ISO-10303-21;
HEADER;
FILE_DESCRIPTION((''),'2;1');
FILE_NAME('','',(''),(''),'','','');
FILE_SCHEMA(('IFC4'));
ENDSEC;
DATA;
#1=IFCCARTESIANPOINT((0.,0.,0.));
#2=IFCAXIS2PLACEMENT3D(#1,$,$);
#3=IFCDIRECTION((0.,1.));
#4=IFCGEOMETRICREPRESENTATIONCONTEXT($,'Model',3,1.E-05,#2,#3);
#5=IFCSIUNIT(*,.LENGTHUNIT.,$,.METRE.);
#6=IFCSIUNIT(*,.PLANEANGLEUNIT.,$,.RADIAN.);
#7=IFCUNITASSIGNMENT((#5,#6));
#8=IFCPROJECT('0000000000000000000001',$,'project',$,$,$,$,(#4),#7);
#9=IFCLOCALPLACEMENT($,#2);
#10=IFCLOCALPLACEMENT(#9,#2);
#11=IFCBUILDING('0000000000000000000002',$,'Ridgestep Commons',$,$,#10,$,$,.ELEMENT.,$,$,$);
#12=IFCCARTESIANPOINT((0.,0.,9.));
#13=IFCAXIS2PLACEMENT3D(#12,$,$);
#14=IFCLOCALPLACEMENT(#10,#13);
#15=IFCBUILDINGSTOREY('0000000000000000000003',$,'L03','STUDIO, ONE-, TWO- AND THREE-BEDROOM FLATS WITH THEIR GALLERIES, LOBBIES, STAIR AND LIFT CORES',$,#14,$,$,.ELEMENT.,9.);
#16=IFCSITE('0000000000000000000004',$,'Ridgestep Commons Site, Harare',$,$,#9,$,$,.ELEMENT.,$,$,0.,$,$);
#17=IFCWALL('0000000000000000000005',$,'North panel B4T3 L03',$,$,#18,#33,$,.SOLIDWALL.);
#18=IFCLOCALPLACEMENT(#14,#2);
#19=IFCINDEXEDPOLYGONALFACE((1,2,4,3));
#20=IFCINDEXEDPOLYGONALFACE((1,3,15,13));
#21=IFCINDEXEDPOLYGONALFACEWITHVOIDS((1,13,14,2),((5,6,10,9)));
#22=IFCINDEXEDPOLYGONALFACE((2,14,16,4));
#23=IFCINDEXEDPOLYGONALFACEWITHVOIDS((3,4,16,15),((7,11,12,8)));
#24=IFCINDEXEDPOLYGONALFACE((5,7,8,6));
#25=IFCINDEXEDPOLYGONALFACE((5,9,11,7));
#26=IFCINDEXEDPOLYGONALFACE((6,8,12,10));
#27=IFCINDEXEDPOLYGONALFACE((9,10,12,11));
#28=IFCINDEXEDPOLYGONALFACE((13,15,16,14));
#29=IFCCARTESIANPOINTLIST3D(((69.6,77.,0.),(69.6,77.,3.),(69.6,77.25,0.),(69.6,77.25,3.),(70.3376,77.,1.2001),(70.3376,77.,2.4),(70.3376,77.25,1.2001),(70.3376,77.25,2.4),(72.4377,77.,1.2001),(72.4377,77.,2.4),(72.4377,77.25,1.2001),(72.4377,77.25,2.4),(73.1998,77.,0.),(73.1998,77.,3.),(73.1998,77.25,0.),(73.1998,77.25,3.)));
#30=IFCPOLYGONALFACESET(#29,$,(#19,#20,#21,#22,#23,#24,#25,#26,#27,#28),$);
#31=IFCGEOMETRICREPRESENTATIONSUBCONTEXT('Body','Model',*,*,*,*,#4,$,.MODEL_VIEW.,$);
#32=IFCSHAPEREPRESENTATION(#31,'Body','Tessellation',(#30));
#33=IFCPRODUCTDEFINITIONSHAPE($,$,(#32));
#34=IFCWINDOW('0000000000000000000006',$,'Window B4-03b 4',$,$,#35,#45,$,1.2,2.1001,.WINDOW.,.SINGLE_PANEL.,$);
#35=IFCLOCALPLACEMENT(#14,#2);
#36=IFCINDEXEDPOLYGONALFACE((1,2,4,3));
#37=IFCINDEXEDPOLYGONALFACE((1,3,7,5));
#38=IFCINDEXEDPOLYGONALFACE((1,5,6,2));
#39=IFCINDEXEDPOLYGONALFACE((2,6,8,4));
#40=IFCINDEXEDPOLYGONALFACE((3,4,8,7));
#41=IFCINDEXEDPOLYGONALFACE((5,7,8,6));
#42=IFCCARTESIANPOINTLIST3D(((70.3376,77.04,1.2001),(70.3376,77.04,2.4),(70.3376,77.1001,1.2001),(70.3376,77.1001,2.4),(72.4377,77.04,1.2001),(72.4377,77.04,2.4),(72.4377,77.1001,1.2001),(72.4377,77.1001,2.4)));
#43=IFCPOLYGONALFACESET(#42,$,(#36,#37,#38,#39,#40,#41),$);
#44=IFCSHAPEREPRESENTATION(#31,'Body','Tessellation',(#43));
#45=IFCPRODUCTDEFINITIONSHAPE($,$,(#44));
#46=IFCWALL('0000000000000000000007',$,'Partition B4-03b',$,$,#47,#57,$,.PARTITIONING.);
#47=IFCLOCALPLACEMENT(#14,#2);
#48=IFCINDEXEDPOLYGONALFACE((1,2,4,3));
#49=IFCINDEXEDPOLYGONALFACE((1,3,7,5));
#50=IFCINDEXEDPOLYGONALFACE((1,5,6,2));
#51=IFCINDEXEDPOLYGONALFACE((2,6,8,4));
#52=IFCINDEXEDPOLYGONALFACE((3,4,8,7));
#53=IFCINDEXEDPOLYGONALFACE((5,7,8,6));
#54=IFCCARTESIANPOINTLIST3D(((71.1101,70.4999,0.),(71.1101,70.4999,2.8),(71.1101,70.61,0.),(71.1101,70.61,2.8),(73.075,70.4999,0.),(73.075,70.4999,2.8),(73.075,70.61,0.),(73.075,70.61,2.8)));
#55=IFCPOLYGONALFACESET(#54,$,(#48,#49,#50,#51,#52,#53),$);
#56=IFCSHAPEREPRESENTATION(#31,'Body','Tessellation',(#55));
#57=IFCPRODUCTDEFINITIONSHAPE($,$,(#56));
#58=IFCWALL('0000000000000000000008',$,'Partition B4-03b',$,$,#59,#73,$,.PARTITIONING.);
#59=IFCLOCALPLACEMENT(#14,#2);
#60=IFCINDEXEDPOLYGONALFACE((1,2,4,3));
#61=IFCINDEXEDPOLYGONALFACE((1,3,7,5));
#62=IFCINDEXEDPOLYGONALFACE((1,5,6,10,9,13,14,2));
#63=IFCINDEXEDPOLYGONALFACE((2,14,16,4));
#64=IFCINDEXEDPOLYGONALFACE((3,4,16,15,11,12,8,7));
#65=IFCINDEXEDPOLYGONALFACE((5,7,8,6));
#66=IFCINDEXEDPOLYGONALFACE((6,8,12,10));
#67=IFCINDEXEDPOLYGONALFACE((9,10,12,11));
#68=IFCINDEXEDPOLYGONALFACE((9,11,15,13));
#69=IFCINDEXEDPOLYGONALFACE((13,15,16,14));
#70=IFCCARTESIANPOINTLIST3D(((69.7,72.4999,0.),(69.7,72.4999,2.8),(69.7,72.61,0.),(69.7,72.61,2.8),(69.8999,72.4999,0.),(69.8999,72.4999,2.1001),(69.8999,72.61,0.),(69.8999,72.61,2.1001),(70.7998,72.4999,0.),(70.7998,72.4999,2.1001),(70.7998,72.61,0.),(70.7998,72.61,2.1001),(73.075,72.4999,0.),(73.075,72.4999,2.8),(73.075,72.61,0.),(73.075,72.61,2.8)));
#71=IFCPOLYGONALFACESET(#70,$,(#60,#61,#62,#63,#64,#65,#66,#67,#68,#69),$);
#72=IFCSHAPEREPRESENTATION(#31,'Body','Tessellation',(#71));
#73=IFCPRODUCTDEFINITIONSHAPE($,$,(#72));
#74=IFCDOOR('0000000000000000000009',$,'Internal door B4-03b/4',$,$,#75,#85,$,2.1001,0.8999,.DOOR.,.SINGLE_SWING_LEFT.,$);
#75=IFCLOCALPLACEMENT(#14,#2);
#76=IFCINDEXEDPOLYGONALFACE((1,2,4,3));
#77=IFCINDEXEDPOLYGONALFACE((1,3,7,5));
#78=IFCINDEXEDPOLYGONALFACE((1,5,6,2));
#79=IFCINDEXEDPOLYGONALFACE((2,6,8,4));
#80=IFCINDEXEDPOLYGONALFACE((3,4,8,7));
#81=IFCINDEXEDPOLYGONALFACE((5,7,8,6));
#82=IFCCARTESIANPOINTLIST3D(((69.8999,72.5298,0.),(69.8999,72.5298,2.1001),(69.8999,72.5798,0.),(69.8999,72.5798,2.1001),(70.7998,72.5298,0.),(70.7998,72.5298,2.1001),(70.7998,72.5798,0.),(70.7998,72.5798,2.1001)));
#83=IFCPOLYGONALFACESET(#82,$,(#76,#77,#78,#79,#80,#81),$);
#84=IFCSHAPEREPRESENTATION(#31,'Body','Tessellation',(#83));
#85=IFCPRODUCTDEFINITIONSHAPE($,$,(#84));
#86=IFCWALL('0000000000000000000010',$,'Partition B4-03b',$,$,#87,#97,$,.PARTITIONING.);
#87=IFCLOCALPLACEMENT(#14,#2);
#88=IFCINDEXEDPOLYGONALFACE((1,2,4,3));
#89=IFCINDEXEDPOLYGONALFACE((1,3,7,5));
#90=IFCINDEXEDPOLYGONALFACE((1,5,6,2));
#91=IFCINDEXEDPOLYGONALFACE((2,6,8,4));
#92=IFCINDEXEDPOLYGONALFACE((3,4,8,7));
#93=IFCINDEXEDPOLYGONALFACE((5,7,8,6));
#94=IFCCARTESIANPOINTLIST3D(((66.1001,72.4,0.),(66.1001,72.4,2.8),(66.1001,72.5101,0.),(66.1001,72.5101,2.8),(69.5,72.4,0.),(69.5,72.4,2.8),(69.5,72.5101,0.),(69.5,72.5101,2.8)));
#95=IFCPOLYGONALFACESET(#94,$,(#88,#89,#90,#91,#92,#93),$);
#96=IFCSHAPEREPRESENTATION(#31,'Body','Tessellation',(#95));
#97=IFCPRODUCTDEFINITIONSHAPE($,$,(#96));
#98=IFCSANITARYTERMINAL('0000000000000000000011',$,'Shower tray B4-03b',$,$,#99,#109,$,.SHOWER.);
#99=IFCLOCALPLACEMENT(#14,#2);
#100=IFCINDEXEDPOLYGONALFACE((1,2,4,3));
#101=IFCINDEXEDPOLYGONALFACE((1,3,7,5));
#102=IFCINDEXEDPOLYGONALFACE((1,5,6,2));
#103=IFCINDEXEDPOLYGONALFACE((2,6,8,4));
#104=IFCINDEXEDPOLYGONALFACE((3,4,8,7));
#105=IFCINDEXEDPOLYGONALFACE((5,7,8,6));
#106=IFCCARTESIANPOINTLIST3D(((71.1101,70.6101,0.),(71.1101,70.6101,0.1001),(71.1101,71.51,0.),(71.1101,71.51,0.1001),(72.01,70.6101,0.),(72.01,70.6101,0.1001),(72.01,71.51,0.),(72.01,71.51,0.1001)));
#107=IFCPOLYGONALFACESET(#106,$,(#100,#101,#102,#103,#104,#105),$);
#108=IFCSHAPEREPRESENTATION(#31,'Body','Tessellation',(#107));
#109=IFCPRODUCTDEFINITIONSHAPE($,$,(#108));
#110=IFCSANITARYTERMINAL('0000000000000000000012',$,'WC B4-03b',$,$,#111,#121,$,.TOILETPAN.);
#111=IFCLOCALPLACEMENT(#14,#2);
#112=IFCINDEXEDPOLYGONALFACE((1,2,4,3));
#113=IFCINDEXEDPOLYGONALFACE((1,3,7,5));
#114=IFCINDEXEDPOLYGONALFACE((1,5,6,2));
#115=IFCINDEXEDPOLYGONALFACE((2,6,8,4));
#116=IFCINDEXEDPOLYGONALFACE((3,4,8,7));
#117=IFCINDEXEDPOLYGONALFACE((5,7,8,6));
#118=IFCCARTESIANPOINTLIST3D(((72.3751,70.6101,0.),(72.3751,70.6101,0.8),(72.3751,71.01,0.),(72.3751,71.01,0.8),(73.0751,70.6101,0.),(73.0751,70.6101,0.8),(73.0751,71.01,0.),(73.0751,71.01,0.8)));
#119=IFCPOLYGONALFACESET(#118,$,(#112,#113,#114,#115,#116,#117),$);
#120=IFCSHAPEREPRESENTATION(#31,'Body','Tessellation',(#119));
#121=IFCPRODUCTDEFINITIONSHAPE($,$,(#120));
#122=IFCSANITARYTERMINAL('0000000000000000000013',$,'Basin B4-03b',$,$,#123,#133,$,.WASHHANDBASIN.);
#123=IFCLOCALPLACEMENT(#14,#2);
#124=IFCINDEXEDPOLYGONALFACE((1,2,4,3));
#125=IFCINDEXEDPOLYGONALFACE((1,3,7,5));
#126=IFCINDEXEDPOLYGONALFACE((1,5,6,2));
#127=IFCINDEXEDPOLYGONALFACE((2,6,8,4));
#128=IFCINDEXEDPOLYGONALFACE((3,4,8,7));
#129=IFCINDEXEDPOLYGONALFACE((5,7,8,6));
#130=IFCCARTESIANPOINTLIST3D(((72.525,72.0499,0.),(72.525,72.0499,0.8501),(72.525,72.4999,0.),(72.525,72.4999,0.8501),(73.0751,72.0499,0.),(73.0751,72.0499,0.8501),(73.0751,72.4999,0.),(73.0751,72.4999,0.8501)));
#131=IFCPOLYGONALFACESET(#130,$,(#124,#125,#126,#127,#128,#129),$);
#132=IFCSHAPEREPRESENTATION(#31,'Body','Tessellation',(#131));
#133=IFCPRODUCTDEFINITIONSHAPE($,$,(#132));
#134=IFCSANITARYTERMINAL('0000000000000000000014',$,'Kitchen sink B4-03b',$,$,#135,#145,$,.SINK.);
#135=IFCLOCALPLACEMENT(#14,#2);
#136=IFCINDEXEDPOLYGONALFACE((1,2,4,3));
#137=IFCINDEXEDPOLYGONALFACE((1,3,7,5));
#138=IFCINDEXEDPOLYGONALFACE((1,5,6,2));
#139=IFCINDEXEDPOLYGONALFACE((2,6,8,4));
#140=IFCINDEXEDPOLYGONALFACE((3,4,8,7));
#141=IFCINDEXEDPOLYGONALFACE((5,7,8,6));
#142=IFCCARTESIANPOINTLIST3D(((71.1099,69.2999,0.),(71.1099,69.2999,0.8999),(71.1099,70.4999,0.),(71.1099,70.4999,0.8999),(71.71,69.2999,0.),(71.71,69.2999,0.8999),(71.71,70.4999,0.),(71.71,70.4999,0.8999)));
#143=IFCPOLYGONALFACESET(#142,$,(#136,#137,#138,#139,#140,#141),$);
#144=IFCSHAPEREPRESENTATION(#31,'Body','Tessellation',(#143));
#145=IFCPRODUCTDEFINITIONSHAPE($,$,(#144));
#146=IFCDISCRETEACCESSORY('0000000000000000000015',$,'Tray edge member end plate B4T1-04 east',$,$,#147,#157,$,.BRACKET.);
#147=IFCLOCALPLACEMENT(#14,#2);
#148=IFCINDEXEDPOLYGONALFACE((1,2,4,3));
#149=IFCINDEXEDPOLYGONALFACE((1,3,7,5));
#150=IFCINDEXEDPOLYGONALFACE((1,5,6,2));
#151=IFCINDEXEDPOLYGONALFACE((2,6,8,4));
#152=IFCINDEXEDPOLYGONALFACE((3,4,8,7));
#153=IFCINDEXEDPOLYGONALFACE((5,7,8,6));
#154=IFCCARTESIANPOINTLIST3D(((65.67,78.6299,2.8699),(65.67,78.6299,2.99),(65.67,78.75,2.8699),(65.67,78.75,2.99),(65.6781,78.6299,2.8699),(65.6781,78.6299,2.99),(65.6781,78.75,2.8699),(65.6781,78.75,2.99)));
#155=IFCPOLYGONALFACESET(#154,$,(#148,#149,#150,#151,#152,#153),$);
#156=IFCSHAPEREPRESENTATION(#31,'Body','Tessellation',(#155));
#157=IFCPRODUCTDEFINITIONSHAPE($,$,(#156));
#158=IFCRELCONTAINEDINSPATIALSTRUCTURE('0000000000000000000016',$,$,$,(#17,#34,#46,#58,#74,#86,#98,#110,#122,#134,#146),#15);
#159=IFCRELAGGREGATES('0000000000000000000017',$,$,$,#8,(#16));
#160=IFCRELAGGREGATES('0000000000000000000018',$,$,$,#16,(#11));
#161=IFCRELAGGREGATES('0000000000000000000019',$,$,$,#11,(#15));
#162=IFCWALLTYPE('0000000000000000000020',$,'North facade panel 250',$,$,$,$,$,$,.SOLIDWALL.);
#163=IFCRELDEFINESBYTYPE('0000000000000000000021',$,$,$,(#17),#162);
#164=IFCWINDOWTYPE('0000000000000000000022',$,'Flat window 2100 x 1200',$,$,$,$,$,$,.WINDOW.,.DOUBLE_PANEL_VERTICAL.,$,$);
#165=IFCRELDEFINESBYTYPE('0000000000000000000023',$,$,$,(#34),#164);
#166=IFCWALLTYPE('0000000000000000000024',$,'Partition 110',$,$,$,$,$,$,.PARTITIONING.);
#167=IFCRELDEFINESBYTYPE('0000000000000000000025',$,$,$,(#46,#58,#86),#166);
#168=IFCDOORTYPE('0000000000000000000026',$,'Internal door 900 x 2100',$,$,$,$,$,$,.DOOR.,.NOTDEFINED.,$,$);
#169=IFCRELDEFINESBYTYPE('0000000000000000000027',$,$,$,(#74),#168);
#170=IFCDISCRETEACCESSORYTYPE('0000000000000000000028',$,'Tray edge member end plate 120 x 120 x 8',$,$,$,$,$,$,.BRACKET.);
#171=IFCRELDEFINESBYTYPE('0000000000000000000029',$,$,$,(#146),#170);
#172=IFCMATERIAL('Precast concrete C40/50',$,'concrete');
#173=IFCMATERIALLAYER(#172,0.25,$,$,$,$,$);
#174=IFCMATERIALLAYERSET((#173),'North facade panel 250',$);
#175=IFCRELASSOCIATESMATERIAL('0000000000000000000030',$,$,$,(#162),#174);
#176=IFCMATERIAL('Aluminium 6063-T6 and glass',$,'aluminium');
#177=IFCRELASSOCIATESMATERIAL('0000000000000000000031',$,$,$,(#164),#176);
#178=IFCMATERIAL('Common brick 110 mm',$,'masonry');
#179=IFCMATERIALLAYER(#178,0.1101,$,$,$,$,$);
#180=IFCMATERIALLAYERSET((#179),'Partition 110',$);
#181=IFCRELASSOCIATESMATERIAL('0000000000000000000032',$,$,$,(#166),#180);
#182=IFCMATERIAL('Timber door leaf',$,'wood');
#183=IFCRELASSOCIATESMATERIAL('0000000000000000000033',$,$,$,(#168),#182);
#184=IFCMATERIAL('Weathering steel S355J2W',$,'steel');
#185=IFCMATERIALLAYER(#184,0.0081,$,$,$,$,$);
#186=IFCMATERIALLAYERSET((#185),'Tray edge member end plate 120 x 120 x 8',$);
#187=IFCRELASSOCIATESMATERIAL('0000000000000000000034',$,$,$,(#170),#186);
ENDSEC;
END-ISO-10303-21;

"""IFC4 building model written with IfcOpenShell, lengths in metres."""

from ifc_helpers import new_model, si_unit, direction, frame, frame_2d, origin, origin_2d, place, context, subcontext, project, spatial, rectangle, extrude, material, layer, layer_set, type_object, element, fill, save


model = new_model("IFC4")

# Units and contexts
model_context = context("Model", 3, precision=1e-05, world=origin(), true_north=direction((0.0, 1.0)))
body_context = subcontext(model_context, "Body", "Model", "MODEL_VIEW")
ifc_project = project(units=[si_unit("LENGTHUNIT", "METRE"), si_unit("PLANEANGLEUNIT", "RADIAN")], contexts=[model_context])

# Site, building, storey
site_placement = place(None, origin())
site = spatial("IfcSite", under=ifc_project, at=site_placement, Name="Ridgestep Commons Site, Harare", CompositionType="ELEMENT", RefElevation=0.0)
building_placement = place(site_placement, origin())
building = spatial("IfcBuilding", under=site, at=building_placement, Name="Ridgestep Commons", CompositionType="ELEMENT")
storey_placement = place(building_placement, frame((0.0, 0.0, 9.0)))
storey = spatial("IfcBuildingStorey", under=building, at=storey_placement, Name="L03", Description="STUDIO, ONE-, TWO- AND THREE-BEDROOM FLATS WITH THEIR GALLERIES, LOBBIES, STAIR AND LIFT CORES", CompositionType="ELEMENT", Elevation=9.0)

# Wall, opening, window
ifc_material_1 = material(Name="Precast concrete C40/50", Category="concrete")
ifc_layer_1 = layer(ifc_material_1, 0.25)
ifc_layer_set_1 = layer_set([ifc_layer_1], Name="North facade panel 250")
wall_type_1 = type_object("IfcWallType", Name="North facade panel 250", PredefinedType="SOLIDWALL", material=ifc_layer_set_1)
ifc_material_2 = material(Name="Aluminium 6063-T6 and glass", Category="aluminium")
window_type = type_object("IfcWindowType", Name="Flat window 2100 x 1200", PartitioningType="DOUBLE_PANEL_VERTICAL", PredefinedType="WINDOW", material=ifc_material_2)
wall_1_placement = place(storey_placement, frame((69.6001, 77.125, 0.0), z_axis=(0.0, 0.0, 1.0), x_axis=(1.0, 0.0, 0.0)))
wall_1 = element("IfcWall", 1, at=wall_1_placement, inside=storey, type_object=wall_type_1, Name="North panel B4T3 L03", PredefinedType="SOLIDWALL", context=body_context, shape_type="SweptSolid", body=[
    extrude(rectangle(XDim=3.5999, YDim=0.25, at=frame_2d((1.7998, 0.0))), origin(), (0.0, 0.0, 1.0), 3.0),
])
opening_1_placement = place(wall_1_placement, frame((0.7375, 0.0, 1.2)))
opening_1 = element("IfcOpeningElement", 2, at=opening_1_placement, cuts=wall_1, PredefinedType="OPENING", context=body_context, shape_type="SweptSolid", body=[
    extrude(rectangle(XDim=2.1001, YDim=1.2, at=frame_2d((1.05, 0.6001))), frame((0.0, 0.135, 0.0), z_axis=(0.0, -1.0, 0.0), x_axis=(1.0, 0.0, 0.0)), (0.0, 0.0, 1.0), 0.27),
])
window_1_placement = place(opening_1_placement, origin())
window_1 = element("IfcWindow", 3, at=window_1_placement, inside=storey, type_object=window_type, Name="Window B4-03b 4", OverallHeight=1.2, OverallWidth=2.1001, PartitioningType="SINGLE_PANEL", PredefinedType="WINDOW", context=body_context, shape_type="SweptSolid", body=[
    extrude(rectangle(XDim=2.1001, YDim=1.2, at=frame_2d((1.05, 0.6001))), frame((0.0, -0.0249, 0.0), z_axis=(0.0, -1.0, 0.0), x_axis=(1.0, 0.0, 0.0)), (0.0, 0.0, 1.0), 0.0601),
])
fill(opening_1, window_1)

# Wall
ifc_material_3 = material(Name="Common brick 110 mm", Category="masonry")
ifc_layer_2 = layer(ifc_material_3, 0.1101)
ifc_layer_set_2 = layer_set([ifc_layer_2], Name="Partition 110")
wall_type_2 = type_object("IfcWallType", Name="Partition 110", PredefinedType="PARTITIONING", material=ifc_layer_set_2)
wall_2_placement = place(storey_placement, frame((71.1101, 70.5549, 0.0), z_axis=(0.0, 0.0, 1.0), x_axis=(1.0, 0.0, 0.0)))
element("IfcWall", 4, at=wall_2_placement, inside=storey, type_object=wall_type_2, Name="Partition B4-03b", PredefinedType="PARTITIONING", context=body_context, shape_type="SweptSolid", body=[
    extrude(rectangle(XDim=1.9648, YDim=0.1101, at=frame_2d((0.9824, 0.0))), origin(), (0.0, 0.0, 1.0), 2.8),
])

# Wall, opening, door
wall_3_placement = place(storey_placement, frame((69.7, 72.5549, 0.0), z_axis=(0.0, 0.0, 1.0), x_axis=(1.0, 0.0, 0.0)))
wall_3 = element("IfcWall", 5, at=wall_3_placement, inside=storey, type_object=wall_type_2, Name="Partition B4-03b", PredefinedType="PARTITIONING", context=body_context, shape_type="SweptSolid", body=[
    extrude(rectangle(XDim=3.375, YDim=0.1101, at=frame_2d((1.6875, 0.0))), origin(), (0.0, 0.0, 1.0), 2.8),
])
opening_2_placement = place(wall_3_placement, frame((0.2, 0.0, 0.0)))
opening_2 = element("IfcOpeningElement", 6, at=opening_2_placement, cuts=wall_3, PredefinedType="OPENING", context=body_context, shape_type="SweptSolid", body=[
    extrude(rectangle(XDim=0.8999, YDim=2.1001, at=frame_2d((0.45, 1.05))), frame((0.0, 0.0649, 0.0), z_axis=(0.0, -1.0, 0.0), x_axis=(1.0, 0.0, 0.0)), (0.0, 0.0, 1.0), 0.1301),
])
ifc_material_4 = material(Name="Timber door leaf", Category="wood")
door_type_1 = type_object("IfcDoorType", Name="Internal door 900 x 2100", OperationType="NOTDEFINED", PredefinedType="DOOR", material=ifc_material_4)
door_1_placement = place(opening_2_placement, origin())
door_1 = element("IfcDoor", 7, at=door_1_placement, inside=storey, type_object=door_type_1, Name="Internal door B4-03b/4", OperationType="SINGLE_SWING_LEFT", OverallHeight=2.1001, OverallWidth=0.8999, PredefinedType="DOOR", context=body_context, shape_type="SweptSolid", body=[
    extrude(rectangle(XDim=0.8999, YDim=2.1001, at=frame_2d((0.45, 1.05))), frame((0.0, 0.0249, 0.0), z_axis=(0.0, -1.0, 0.0), x_axis=(1.0, 0.0, 0.0)), (0.0, 0.0, 1.0), 0.05),
])
fill(opening_2, door_1)

# Wall
wall_4_placement = place(storey_placement, frame((66.1001, 72.4551, 0.0), z_axis=(0.0, 0.0, 1.0), x_axis=(1.0, 0.0, 0.0)))
element("IfcWall", 8, at=wall_4_placement, inside=storey, type_object=wall_type_2, Name="Partition B4-03b", PredefinedType="PARTITIONING", context=body_context, shape_type="SweptSolid", body=[
    extrude(rectangle(XDim=3.3999, YDim=0.1101, at=frame_2d((1.7, 0.0))), origin(), (0.0, 0.0, 1.0), 2.8),
])

# Sanitary terminals
sanitary_terminal_1_placement = place(storey_placement, frame((71.5601, 71.0601, 0.0), z_axis=(0.0, 0.0, 1.0), x_axis=(1.0, 0.0, 0.0)))
element("IfcSanitaryTerminal", 9, at=sanitary_terminal_1_placement, inside=storey, Name="Shower tray B4-03b", PredefinedType="SHOWER", context=body_context, shape_type="SweptSolid", body=[
    extrude(rectangle(XDim=0.8999, YDim=0.8999, at=origin_2d()), origin(), (0.0, 0.0, 1.0), 0.1001),
])
sanitary_terminal_2_placement = place(storey_placement, frame((72.7251, 70.8101, 0.0), z_axis=(0.0, 0.0, 1.0), x_axis=(1.0, 0.0, 0.0)))
element("IfcSanitaryTerminal", 10, at=sanitary_terminal_2_placement, inside=storey, Name="WC B4-03b", PredefinedType="TOILETPAN", context=body_context, shape_type="SweptSolid", body=[
    extrude(rectangle(XDim=0.7, YDim=0.3999, at=origin_2d()), origin(), (0.0, 0.0, 1.0), 0.8),
])
sanitary_terminal_3_placement = place(storey_placement, frame((72.8, 72.2749, 0.0), z_axis=(0.0, 0.0, 1.0), x_axis=(1.0, 0.0, 0.0)))
element("IfcSanitaryTerminal", 11, at=sanitary_terminal_3_placement, inside=storey, Name="Basin B4-03b", PredefinedType="WASHHANDBASIN", context=body_context, shape_type="SweptSolid", body=[
    extrude(rectangle(XDim=0.55, YDim=0.45, at=origin_2d()), origin(), (0.0, 0.0, 1.0), 0.8501),
])
sanitary_terminal_4_placement = place(storey_placement, frame((71.4099, 69.8999, 0.0), z_axis=(0.0, 0.0, 1.0), x_axis=(1.0, 0.0, 0.0)))
element("IfcSanitaryTerminal", 12, at=sanitary_terminal_4_placement, inside=storey, Name="Kitchen sink B4-03b", PredefinedType="SINK", context=body_context, shape_type="SweptSolid", body=[
    extrude(rectangle(XDim=0.6001, YDim=1.2, at=origin_2d()), origin(), (0.0, 0.0, 1.0), 0.8999),
])

# Discrete accessory
ifc_material_5 = material(Name="Weathering steel S355J2W", Category="steel")
ifc_layer_3 = layer(ifc_material_5, 0.0081)
ifc_layer_set_3 = layer_set([ifc_layer_3], Name="Tray edge member end plate 120 x 120 x 8")
discrete_accessory_type = type_object("IfcDiscreteAccessoryType", Name="Tray edge member end plate 120 x 120 x 8", PredefinedType="BRACKET", material=ifc_layer_set_3)
discrete_accessory_placement = place(storey_placement, frame((65.6741, 78.6899, 2.8699), z_axis=(0.0, 0.0, 1.0), x_axis=(1.0, 0.0, 0.0)))
element("IfcDiscreteAccessory", 13, at=discrete_accessory_placement, inside=storey, type_object=discrete_accessory_type, Name="Tray edge member end plate B4T1-04 east", PredefinedType="BRACKET", context=body_context, shape_type="SweptSolid", body=[
    extrude(rectangle(XDim=0.0081, YDim=0.1201, at=origin_2d()), origin(), (0.0, 0.0, 1.0), 0.1201),
])

save(model, "model.ifc")
